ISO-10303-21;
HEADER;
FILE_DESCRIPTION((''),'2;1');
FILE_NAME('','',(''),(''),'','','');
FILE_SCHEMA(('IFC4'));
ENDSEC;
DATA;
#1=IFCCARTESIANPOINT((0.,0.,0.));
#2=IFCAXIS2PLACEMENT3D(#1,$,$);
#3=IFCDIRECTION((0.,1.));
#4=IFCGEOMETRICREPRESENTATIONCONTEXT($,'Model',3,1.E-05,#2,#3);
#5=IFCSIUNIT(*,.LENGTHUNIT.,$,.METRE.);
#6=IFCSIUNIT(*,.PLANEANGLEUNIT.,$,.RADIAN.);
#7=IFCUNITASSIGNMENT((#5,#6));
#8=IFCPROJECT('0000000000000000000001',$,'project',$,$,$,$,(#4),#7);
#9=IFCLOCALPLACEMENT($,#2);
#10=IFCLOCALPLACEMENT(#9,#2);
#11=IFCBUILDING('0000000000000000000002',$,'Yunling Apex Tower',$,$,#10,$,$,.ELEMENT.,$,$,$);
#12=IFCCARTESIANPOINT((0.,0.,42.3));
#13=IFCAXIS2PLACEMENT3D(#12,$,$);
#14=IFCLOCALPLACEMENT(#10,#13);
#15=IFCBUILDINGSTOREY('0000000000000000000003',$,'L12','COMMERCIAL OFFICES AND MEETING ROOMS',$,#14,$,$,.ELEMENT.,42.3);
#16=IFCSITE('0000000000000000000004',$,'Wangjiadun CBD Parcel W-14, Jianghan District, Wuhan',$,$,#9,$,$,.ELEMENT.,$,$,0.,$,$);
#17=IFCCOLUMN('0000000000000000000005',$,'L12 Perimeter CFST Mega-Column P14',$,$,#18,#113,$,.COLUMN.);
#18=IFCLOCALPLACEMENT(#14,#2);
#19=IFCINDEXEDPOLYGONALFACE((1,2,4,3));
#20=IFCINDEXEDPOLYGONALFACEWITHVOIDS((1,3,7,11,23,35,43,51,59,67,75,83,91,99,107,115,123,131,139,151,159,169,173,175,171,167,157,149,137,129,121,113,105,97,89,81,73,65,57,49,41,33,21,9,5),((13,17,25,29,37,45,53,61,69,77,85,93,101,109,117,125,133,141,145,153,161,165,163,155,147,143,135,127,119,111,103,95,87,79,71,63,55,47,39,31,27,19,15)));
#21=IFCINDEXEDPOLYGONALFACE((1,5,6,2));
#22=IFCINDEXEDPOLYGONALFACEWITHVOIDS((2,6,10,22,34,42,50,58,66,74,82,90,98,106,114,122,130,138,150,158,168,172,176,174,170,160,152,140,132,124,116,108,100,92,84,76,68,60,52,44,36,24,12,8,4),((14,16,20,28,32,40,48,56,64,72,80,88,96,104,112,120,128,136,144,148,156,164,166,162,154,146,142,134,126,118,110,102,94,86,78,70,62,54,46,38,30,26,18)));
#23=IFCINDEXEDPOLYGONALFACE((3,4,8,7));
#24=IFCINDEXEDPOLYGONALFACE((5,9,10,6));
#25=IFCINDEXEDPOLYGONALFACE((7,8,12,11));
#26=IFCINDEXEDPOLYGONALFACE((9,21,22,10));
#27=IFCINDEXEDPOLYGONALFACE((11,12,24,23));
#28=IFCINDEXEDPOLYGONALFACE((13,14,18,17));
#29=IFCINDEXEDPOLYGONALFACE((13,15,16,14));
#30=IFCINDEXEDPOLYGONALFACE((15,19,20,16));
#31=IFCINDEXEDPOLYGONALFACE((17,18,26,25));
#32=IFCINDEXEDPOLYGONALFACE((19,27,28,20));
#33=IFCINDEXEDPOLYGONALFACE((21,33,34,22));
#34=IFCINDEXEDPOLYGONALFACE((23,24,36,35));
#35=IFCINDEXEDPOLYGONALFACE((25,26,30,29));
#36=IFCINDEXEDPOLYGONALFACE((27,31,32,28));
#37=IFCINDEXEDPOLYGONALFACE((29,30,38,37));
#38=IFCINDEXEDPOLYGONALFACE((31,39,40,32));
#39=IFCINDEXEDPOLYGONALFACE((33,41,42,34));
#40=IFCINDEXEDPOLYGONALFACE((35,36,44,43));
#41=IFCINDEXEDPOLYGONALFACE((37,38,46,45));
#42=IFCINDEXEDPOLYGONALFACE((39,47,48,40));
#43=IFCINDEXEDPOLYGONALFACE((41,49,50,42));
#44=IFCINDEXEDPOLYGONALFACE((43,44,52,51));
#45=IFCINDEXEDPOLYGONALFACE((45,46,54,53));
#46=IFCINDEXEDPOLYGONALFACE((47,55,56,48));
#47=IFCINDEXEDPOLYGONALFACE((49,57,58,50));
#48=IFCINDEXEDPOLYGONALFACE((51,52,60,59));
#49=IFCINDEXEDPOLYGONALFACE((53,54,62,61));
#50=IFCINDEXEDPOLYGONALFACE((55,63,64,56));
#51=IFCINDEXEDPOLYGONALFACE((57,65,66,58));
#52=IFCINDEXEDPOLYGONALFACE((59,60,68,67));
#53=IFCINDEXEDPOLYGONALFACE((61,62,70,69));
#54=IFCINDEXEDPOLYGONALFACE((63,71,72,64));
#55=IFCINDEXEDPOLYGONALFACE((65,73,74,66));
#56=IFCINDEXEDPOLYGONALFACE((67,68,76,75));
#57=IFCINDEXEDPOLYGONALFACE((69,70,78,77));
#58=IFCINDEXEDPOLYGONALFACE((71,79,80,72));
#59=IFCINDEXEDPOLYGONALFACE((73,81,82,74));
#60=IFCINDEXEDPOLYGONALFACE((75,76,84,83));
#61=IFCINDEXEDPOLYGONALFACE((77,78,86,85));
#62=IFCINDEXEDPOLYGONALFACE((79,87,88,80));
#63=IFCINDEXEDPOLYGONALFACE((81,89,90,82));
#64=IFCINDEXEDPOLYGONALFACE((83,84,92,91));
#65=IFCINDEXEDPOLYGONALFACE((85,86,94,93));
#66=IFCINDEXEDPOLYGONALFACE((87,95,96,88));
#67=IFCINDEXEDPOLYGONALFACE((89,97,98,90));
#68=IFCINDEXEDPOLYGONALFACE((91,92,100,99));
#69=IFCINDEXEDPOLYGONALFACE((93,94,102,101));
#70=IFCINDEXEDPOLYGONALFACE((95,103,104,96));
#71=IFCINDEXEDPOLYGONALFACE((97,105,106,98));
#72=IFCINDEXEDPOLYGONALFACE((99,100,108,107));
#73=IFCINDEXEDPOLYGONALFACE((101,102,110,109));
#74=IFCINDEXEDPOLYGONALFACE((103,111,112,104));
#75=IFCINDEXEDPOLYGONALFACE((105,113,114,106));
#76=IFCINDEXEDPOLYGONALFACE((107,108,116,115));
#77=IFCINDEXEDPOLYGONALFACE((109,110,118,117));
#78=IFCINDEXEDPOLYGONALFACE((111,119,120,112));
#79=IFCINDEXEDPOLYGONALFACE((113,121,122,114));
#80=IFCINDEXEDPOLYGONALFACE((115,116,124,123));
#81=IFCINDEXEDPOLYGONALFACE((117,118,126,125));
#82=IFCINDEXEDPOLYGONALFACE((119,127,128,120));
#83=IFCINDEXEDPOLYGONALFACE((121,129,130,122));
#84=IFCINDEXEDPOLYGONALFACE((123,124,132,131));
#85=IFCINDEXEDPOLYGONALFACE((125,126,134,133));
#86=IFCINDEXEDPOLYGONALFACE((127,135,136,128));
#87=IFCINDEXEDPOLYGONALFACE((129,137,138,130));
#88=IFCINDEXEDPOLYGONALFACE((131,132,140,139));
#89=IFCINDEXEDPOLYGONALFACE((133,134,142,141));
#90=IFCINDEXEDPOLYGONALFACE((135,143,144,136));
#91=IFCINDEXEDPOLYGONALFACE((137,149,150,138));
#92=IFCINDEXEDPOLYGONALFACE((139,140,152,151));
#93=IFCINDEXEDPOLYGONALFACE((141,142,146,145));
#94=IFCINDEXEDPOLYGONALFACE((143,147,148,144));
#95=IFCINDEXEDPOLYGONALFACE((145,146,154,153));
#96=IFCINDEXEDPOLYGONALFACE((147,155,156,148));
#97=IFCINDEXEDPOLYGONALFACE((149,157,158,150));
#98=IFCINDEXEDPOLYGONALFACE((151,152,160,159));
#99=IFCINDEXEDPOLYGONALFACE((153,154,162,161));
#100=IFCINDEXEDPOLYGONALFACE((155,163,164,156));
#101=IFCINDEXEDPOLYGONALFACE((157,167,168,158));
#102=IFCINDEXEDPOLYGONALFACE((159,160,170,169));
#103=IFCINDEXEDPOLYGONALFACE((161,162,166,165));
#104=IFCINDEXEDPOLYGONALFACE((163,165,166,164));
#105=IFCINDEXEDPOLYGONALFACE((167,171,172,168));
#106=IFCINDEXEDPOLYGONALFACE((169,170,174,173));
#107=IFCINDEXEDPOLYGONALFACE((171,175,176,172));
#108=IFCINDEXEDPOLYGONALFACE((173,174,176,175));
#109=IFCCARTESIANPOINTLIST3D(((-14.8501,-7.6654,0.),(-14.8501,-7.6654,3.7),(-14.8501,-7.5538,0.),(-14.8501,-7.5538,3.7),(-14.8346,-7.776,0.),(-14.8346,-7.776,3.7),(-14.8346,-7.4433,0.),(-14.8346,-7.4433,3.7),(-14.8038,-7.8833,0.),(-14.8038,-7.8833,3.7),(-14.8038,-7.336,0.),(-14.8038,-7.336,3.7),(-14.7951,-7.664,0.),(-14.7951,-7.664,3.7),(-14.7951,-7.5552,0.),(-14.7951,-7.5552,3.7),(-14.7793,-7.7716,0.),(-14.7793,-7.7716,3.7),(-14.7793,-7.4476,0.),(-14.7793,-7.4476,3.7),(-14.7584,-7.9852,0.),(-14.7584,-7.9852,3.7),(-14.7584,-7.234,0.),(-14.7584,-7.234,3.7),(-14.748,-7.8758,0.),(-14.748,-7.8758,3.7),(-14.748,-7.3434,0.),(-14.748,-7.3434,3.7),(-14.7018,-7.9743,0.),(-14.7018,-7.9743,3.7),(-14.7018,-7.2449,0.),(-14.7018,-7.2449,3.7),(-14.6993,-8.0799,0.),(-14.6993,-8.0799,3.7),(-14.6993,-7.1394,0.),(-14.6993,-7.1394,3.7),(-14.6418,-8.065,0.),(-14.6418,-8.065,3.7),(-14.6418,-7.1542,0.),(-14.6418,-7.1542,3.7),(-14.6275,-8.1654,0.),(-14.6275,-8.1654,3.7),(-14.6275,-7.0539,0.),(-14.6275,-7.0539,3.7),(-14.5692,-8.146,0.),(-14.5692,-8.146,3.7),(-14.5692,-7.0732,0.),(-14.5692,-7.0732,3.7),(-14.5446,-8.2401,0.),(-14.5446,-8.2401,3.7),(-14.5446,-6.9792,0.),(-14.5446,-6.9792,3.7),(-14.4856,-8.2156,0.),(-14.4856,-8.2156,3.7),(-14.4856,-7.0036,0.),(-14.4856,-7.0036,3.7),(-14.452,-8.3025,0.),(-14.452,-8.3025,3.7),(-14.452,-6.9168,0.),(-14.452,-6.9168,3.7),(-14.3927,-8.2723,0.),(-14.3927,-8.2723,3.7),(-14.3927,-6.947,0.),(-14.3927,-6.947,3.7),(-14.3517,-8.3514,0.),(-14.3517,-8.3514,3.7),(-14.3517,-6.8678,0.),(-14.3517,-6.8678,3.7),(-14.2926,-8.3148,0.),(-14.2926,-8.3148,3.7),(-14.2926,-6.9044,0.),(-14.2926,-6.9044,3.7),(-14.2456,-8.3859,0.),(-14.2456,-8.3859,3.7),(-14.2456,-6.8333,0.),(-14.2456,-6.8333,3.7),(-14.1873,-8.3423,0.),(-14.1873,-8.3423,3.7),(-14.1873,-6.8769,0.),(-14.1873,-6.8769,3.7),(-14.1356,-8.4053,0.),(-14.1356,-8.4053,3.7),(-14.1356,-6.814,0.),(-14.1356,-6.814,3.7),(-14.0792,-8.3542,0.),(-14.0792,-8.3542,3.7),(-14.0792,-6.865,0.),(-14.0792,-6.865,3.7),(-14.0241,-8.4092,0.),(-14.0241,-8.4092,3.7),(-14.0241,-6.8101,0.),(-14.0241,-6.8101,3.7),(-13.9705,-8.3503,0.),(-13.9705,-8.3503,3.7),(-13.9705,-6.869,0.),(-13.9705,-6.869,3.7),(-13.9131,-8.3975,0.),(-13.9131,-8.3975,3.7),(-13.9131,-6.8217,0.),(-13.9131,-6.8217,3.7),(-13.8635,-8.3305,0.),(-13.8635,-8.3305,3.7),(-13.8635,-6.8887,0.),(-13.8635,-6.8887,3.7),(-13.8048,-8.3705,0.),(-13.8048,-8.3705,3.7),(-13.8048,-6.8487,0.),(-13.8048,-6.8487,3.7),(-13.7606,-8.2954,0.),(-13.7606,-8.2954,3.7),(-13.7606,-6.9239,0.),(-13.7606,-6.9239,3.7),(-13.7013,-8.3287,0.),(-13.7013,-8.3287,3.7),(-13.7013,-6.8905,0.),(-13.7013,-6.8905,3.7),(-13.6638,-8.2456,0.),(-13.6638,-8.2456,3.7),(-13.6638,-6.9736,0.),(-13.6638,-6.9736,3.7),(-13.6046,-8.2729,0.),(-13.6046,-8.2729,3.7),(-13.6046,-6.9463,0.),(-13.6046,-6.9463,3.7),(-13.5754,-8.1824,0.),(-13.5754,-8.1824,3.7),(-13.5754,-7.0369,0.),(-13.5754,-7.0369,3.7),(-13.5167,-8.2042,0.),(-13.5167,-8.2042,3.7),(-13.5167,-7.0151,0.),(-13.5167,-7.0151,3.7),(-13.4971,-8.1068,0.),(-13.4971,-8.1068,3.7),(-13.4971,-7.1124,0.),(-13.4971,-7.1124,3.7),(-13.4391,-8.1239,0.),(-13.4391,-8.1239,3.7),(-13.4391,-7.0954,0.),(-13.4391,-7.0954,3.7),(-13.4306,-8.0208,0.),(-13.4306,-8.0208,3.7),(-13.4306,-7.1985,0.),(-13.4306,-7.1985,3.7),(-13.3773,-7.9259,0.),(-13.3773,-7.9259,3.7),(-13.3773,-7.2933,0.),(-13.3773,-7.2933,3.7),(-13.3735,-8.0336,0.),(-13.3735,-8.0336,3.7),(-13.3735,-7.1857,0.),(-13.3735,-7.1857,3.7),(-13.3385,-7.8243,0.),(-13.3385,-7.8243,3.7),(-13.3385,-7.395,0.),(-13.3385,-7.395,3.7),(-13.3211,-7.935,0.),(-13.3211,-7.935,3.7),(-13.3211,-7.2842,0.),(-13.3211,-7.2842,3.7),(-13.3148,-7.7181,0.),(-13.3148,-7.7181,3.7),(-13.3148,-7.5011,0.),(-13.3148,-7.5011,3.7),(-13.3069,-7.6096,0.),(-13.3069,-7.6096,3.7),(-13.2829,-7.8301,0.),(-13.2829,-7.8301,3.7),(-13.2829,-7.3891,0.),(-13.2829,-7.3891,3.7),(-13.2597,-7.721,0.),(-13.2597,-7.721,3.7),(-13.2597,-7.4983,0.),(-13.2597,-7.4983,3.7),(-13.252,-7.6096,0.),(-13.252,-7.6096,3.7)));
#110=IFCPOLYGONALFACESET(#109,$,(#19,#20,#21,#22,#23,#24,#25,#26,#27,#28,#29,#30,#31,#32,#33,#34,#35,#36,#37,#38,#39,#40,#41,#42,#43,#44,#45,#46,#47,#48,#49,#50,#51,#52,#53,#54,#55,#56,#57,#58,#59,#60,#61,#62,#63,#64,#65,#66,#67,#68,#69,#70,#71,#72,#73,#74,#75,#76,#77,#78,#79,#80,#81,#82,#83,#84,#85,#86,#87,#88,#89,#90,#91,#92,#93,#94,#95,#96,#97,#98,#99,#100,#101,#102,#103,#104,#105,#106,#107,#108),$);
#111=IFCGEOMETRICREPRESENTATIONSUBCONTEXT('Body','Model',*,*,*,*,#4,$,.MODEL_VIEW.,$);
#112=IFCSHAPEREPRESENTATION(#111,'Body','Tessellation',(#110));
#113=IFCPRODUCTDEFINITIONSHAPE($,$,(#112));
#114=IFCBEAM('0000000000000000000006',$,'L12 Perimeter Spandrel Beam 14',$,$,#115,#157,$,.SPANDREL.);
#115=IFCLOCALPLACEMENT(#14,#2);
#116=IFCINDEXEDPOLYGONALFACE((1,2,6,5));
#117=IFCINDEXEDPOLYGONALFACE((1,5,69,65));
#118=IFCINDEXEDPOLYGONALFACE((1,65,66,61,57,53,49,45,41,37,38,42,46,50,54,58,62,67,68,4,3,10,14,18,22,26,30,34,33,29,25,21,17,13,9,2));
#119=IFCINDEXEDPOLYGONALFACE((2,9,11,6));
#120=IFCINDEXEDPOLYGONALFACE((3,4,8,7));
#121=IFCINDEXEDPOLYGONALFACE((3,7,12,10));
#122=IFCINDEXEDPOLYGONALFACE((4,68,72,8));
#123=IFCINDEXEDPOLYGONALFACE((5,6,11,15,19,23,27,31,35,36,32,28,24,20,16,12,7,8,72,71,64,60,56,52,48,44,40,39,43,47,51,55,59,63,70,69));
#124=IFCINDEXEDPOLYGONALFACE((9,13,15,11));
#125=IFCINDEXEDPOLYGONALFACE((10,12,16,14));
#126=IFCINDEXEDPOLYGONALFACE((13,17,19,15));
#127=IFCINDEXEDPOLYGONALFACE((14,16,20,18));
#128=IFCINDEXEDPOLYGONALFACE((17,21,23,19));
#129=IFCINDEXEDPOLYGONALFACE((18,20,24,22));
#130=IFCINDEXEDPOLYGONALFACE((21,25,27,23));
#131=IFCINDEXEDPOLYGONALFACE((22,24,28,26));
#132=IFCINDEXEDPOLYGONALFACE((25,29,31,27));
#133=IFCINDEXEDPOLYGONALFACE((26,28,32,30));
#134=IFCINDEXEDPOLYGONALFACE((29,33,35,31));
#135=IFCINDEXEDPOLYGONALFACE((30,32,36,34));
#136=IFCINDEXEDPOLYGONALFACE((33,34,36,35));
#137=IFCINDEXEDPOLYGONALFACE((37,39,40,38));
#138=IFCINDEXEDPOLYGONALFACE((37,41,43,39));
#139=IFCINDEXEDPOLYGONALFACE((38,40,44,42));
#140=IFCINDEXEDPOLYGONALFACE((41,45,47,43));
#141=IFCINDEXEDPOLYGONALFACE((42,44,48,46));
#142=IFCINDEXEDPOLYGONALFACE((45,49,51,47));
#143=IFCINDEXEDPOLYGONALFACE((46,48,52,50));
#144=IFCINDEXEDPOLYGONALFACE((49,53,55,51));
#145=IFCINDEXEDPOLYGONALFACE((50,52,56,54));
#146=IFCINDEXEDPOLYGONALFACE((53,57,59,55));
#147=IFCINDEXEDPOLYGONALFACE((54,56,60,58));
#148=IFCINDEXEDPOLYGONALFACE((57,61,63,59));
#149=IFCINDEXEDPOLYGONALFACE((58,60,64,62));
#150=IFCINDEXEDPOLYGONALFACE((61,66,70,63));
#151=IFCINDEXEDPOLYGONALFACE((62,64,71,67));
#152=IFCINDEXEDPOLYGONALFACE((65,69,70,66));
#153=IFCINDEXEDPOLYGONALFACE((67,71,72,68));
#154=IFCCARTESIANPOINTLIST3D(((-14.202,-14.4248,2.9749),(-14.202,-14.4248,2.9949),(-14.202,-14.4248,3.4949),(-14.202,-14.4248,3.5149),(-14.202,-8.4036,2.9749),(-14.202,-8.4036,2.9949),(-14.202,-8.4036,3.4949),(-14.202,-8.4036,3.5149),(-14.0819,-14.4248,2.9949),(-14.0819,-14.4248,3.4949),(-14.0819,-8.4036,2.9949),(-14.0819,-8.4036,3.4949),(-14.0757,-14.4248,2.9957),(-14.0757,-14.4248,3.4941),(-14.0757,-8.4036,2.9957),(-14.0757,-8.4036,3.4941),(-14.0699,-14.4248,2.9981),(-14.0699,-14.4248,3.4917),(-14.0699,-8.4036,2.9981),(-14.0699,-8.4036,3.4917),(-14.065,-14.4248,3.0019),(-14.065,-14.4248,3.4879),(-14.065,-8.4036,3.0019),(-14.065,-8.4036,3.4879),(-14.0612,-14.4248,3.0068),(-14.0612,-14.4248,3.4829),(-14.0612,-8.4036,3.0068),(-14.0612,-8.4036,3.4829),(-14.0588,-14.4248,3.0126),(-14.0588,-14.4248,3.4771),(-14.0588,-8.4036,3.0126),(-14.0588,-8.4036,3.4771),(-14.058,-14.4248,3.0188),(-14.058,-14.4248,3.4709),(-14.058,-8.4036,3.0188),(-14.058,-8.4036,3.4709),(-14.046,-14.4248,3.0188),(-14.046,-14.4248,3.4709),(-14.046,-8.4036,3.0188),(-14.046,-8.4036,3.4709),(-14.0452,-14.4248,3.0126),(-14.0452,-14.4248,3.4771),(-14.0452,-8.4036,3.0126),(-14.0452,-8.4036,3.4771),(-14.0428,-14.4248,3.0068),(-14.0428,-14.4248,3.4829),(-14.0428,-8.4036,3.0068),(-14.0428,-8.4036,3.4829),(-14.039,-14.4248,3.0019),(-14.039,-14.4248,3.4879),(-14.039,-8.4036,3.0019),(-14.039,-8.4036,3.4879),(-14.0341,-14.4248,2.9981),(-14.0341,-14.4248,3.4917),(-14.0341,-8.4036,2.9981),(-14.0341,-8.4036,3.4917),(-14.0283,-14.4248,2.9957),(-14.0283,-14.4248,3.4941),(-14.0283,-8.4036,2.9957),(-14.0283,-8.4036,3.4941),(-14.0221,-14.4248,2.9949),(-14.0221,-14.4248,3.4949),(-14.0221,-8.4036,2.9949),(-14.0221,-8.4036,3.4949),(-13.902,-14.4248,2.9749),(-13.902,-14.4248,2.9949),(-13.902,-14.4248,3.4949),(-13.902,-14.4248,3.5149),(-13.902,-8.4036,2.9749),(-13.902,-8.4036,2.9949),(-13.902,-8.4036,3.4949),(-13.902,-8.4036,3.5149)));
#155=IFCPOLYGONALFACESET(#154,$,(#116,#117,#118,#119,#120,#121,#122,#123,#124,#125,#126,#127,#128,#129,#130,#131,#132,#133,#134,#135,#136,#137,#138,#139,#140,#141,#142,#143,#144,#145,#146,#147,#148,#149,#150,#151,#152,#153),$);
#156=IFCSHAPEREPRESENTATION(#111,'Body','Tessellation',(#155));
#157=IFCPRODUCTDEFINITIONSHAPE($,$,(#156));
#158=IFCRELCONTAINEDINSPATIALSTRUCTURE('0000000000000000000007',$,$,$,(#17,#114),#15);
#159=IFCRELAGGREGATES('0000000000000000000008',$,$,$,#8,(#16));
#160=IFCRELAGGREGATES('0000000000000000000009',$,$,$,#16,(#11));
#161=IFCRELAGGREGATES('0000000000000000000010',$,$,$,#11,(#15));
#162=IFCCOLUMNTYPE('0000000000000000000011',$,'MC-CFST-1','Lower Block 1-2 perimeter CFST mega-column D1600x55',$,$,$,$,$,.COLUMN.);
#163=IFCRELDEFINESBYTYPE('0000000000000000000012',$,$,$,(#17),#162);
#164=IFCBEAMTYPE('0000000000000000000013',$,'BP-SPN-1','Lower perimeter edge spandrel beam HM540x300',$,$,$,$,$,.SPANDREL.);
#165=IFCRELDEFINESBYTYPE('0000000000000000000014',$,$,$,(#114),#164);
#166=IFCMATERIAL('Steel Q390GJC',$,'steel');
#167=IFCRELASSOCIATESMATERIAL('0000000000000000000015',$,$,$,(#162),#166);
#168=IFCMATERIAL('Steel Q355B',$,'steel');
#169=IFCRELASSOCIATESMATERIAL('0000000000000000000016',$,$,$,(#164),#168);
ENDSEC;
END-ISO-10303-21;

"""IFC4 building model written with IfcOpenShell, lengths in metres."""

from ifc_helpers import new_model, si_unit, direction, frame, origin, origin_2d, place, context, subcontext, project, spatial, hollow_circle, i_section, extrude, source, transform, mapped, material, material_profile, profile_set, type_object, element, save


model = new_model("IFC4")

# Units and contexts
model_context = context("Model", 3, precision=1e-05, world=origin(), true_north=direction((0.0, 1.0)))
body_context = subcontext(model_context, "Body", "Model", "MODEL_VIEW")
ifc_project = project(units=[si_unit("LENGTHUNIT", "METRE"), si_unit("PLANEANGLEUNIT", "RADIAN")], contexts=[model_context])

# Site, building, storey
site_placement = place(None, origin())
site = spatial("IfcSite", under=ifc_project, at=site_placement, Name="Wangjiadun CBD Parcel W-14, Jianghan District, Wuhan", CompositionType="ELEMENT", RefElevation=0.0)
building_placement = place(site_placement, origin())
building = spatial("IfcBuilding", under=site, at=building_placement, Name="Yunling Apex Tower", CompositionType="ELEMENT")
storey_placement = place(building_placement, frame((0.0, 0.0, 42.3)))
storey = spatial("IfcBuildingStorey", under=building, at=storey_placement, Name="L12", Description="COMMERCIAL OFFICES AND MEETING ROOMS", CompositionType="ELEMENT", Elevation=42.3)

# Column
ifc_material_1 = material(Name="Steel Q390GJC", Category="steel")
ifc_material_profile_1 = material_profile(ifc_material_1, hollow_circle(Radius=0.8, WallThickness=0.0549, at=origin_2d()))
ifc_profile_set_1 = profile_set([ifc_material_profile_1], Name="Steel Q390GJC")
column_type = type_object("IfcColumnType", Name="MC-CFST-1", Description="Lower Block 1-2 perimeter CFST mega-column D1600x55", PredefinedType="COLUMN", material=ifc_profile_set_1)
shared_shape_1 = source(origin(), body_context, "Body", "SweptSolid", [
    extrude(hollow_circle(Radius=0.8, WallThickness=0.0549, at=origin_2d()), origin(), (0.0, 0.0, 1.0), 3.7),
])
column_placement = place(storey_placement, frame((-14.052, -7.6096, 0.0), z_axis=(0.0, 0.0, 1.0), x_axis=(1.0, 0.0, 0.0)))
element("IfcColumn", 1, at=column_placement, inside=storey, type_object=column_type, Name="L12 Perimeter CFST Mega-Column P14", PredefinedType="COLUMN", context=body_context, shape_type="MappedRepresentation", body=[
    mapped(shared_shape_1, transform((0.0, 0.0, 0.0), scale=1.0)),
])

# Beam
ifc_material_2 = material(Name="Steel Q355B", Category="steel")
ifc_material_profile_2 = material_profile(ifc_material_2, i_section(OverallWidth=0.3, OverallDepth=0.54, WebThickness=0.012, FlangeThickness=0.02, FilletRadius=0.0239, at=origin_2d()))
ifc_profile_set_2 = profile_set([ifc_material_profile_2], Name="Steel Q355B")
beam_type_1 = type_object("IfcBeamType", Name="BP-SPN-1", Description="Lower perimeter edge spandrel beam HM540x300", PredefinedType="SPANDREL", material=ifc_profile_set_2)
shared_shape_2 = source(origin(), body_context, "Body", "SweptSolid", [
    extrude(i_section(OverallWidth=0.3, OverallDepth=0.54, WebThickness=0.012, FlangeThickness=0.02, FilletRadius=0.0239, at=origin_2d()), origin(), (0.0, 0.0, 1.0), 6.0212),
])
beam_1_placement = place(storey_placement, frame((-14.052, -8.4036, 3.2449), z_axis=(0.0, -1.0, 0.0), x_axis=(1.0, 0.0, 0.0)))
element("IfcBeam", 2, at=beam_1_placement, inside=storey, type_object=beam_type_1, Name="L12 Perimeter Spandrel Beam 14", PredefinedType="SPANDREL", context=body_context, shape_type="MappedRepresentation", body=[
    mapped(shared_shape_2, transform((0.0, 0.0, 0.0), scale=1.0)),
])

save(model, "model.ifc")
